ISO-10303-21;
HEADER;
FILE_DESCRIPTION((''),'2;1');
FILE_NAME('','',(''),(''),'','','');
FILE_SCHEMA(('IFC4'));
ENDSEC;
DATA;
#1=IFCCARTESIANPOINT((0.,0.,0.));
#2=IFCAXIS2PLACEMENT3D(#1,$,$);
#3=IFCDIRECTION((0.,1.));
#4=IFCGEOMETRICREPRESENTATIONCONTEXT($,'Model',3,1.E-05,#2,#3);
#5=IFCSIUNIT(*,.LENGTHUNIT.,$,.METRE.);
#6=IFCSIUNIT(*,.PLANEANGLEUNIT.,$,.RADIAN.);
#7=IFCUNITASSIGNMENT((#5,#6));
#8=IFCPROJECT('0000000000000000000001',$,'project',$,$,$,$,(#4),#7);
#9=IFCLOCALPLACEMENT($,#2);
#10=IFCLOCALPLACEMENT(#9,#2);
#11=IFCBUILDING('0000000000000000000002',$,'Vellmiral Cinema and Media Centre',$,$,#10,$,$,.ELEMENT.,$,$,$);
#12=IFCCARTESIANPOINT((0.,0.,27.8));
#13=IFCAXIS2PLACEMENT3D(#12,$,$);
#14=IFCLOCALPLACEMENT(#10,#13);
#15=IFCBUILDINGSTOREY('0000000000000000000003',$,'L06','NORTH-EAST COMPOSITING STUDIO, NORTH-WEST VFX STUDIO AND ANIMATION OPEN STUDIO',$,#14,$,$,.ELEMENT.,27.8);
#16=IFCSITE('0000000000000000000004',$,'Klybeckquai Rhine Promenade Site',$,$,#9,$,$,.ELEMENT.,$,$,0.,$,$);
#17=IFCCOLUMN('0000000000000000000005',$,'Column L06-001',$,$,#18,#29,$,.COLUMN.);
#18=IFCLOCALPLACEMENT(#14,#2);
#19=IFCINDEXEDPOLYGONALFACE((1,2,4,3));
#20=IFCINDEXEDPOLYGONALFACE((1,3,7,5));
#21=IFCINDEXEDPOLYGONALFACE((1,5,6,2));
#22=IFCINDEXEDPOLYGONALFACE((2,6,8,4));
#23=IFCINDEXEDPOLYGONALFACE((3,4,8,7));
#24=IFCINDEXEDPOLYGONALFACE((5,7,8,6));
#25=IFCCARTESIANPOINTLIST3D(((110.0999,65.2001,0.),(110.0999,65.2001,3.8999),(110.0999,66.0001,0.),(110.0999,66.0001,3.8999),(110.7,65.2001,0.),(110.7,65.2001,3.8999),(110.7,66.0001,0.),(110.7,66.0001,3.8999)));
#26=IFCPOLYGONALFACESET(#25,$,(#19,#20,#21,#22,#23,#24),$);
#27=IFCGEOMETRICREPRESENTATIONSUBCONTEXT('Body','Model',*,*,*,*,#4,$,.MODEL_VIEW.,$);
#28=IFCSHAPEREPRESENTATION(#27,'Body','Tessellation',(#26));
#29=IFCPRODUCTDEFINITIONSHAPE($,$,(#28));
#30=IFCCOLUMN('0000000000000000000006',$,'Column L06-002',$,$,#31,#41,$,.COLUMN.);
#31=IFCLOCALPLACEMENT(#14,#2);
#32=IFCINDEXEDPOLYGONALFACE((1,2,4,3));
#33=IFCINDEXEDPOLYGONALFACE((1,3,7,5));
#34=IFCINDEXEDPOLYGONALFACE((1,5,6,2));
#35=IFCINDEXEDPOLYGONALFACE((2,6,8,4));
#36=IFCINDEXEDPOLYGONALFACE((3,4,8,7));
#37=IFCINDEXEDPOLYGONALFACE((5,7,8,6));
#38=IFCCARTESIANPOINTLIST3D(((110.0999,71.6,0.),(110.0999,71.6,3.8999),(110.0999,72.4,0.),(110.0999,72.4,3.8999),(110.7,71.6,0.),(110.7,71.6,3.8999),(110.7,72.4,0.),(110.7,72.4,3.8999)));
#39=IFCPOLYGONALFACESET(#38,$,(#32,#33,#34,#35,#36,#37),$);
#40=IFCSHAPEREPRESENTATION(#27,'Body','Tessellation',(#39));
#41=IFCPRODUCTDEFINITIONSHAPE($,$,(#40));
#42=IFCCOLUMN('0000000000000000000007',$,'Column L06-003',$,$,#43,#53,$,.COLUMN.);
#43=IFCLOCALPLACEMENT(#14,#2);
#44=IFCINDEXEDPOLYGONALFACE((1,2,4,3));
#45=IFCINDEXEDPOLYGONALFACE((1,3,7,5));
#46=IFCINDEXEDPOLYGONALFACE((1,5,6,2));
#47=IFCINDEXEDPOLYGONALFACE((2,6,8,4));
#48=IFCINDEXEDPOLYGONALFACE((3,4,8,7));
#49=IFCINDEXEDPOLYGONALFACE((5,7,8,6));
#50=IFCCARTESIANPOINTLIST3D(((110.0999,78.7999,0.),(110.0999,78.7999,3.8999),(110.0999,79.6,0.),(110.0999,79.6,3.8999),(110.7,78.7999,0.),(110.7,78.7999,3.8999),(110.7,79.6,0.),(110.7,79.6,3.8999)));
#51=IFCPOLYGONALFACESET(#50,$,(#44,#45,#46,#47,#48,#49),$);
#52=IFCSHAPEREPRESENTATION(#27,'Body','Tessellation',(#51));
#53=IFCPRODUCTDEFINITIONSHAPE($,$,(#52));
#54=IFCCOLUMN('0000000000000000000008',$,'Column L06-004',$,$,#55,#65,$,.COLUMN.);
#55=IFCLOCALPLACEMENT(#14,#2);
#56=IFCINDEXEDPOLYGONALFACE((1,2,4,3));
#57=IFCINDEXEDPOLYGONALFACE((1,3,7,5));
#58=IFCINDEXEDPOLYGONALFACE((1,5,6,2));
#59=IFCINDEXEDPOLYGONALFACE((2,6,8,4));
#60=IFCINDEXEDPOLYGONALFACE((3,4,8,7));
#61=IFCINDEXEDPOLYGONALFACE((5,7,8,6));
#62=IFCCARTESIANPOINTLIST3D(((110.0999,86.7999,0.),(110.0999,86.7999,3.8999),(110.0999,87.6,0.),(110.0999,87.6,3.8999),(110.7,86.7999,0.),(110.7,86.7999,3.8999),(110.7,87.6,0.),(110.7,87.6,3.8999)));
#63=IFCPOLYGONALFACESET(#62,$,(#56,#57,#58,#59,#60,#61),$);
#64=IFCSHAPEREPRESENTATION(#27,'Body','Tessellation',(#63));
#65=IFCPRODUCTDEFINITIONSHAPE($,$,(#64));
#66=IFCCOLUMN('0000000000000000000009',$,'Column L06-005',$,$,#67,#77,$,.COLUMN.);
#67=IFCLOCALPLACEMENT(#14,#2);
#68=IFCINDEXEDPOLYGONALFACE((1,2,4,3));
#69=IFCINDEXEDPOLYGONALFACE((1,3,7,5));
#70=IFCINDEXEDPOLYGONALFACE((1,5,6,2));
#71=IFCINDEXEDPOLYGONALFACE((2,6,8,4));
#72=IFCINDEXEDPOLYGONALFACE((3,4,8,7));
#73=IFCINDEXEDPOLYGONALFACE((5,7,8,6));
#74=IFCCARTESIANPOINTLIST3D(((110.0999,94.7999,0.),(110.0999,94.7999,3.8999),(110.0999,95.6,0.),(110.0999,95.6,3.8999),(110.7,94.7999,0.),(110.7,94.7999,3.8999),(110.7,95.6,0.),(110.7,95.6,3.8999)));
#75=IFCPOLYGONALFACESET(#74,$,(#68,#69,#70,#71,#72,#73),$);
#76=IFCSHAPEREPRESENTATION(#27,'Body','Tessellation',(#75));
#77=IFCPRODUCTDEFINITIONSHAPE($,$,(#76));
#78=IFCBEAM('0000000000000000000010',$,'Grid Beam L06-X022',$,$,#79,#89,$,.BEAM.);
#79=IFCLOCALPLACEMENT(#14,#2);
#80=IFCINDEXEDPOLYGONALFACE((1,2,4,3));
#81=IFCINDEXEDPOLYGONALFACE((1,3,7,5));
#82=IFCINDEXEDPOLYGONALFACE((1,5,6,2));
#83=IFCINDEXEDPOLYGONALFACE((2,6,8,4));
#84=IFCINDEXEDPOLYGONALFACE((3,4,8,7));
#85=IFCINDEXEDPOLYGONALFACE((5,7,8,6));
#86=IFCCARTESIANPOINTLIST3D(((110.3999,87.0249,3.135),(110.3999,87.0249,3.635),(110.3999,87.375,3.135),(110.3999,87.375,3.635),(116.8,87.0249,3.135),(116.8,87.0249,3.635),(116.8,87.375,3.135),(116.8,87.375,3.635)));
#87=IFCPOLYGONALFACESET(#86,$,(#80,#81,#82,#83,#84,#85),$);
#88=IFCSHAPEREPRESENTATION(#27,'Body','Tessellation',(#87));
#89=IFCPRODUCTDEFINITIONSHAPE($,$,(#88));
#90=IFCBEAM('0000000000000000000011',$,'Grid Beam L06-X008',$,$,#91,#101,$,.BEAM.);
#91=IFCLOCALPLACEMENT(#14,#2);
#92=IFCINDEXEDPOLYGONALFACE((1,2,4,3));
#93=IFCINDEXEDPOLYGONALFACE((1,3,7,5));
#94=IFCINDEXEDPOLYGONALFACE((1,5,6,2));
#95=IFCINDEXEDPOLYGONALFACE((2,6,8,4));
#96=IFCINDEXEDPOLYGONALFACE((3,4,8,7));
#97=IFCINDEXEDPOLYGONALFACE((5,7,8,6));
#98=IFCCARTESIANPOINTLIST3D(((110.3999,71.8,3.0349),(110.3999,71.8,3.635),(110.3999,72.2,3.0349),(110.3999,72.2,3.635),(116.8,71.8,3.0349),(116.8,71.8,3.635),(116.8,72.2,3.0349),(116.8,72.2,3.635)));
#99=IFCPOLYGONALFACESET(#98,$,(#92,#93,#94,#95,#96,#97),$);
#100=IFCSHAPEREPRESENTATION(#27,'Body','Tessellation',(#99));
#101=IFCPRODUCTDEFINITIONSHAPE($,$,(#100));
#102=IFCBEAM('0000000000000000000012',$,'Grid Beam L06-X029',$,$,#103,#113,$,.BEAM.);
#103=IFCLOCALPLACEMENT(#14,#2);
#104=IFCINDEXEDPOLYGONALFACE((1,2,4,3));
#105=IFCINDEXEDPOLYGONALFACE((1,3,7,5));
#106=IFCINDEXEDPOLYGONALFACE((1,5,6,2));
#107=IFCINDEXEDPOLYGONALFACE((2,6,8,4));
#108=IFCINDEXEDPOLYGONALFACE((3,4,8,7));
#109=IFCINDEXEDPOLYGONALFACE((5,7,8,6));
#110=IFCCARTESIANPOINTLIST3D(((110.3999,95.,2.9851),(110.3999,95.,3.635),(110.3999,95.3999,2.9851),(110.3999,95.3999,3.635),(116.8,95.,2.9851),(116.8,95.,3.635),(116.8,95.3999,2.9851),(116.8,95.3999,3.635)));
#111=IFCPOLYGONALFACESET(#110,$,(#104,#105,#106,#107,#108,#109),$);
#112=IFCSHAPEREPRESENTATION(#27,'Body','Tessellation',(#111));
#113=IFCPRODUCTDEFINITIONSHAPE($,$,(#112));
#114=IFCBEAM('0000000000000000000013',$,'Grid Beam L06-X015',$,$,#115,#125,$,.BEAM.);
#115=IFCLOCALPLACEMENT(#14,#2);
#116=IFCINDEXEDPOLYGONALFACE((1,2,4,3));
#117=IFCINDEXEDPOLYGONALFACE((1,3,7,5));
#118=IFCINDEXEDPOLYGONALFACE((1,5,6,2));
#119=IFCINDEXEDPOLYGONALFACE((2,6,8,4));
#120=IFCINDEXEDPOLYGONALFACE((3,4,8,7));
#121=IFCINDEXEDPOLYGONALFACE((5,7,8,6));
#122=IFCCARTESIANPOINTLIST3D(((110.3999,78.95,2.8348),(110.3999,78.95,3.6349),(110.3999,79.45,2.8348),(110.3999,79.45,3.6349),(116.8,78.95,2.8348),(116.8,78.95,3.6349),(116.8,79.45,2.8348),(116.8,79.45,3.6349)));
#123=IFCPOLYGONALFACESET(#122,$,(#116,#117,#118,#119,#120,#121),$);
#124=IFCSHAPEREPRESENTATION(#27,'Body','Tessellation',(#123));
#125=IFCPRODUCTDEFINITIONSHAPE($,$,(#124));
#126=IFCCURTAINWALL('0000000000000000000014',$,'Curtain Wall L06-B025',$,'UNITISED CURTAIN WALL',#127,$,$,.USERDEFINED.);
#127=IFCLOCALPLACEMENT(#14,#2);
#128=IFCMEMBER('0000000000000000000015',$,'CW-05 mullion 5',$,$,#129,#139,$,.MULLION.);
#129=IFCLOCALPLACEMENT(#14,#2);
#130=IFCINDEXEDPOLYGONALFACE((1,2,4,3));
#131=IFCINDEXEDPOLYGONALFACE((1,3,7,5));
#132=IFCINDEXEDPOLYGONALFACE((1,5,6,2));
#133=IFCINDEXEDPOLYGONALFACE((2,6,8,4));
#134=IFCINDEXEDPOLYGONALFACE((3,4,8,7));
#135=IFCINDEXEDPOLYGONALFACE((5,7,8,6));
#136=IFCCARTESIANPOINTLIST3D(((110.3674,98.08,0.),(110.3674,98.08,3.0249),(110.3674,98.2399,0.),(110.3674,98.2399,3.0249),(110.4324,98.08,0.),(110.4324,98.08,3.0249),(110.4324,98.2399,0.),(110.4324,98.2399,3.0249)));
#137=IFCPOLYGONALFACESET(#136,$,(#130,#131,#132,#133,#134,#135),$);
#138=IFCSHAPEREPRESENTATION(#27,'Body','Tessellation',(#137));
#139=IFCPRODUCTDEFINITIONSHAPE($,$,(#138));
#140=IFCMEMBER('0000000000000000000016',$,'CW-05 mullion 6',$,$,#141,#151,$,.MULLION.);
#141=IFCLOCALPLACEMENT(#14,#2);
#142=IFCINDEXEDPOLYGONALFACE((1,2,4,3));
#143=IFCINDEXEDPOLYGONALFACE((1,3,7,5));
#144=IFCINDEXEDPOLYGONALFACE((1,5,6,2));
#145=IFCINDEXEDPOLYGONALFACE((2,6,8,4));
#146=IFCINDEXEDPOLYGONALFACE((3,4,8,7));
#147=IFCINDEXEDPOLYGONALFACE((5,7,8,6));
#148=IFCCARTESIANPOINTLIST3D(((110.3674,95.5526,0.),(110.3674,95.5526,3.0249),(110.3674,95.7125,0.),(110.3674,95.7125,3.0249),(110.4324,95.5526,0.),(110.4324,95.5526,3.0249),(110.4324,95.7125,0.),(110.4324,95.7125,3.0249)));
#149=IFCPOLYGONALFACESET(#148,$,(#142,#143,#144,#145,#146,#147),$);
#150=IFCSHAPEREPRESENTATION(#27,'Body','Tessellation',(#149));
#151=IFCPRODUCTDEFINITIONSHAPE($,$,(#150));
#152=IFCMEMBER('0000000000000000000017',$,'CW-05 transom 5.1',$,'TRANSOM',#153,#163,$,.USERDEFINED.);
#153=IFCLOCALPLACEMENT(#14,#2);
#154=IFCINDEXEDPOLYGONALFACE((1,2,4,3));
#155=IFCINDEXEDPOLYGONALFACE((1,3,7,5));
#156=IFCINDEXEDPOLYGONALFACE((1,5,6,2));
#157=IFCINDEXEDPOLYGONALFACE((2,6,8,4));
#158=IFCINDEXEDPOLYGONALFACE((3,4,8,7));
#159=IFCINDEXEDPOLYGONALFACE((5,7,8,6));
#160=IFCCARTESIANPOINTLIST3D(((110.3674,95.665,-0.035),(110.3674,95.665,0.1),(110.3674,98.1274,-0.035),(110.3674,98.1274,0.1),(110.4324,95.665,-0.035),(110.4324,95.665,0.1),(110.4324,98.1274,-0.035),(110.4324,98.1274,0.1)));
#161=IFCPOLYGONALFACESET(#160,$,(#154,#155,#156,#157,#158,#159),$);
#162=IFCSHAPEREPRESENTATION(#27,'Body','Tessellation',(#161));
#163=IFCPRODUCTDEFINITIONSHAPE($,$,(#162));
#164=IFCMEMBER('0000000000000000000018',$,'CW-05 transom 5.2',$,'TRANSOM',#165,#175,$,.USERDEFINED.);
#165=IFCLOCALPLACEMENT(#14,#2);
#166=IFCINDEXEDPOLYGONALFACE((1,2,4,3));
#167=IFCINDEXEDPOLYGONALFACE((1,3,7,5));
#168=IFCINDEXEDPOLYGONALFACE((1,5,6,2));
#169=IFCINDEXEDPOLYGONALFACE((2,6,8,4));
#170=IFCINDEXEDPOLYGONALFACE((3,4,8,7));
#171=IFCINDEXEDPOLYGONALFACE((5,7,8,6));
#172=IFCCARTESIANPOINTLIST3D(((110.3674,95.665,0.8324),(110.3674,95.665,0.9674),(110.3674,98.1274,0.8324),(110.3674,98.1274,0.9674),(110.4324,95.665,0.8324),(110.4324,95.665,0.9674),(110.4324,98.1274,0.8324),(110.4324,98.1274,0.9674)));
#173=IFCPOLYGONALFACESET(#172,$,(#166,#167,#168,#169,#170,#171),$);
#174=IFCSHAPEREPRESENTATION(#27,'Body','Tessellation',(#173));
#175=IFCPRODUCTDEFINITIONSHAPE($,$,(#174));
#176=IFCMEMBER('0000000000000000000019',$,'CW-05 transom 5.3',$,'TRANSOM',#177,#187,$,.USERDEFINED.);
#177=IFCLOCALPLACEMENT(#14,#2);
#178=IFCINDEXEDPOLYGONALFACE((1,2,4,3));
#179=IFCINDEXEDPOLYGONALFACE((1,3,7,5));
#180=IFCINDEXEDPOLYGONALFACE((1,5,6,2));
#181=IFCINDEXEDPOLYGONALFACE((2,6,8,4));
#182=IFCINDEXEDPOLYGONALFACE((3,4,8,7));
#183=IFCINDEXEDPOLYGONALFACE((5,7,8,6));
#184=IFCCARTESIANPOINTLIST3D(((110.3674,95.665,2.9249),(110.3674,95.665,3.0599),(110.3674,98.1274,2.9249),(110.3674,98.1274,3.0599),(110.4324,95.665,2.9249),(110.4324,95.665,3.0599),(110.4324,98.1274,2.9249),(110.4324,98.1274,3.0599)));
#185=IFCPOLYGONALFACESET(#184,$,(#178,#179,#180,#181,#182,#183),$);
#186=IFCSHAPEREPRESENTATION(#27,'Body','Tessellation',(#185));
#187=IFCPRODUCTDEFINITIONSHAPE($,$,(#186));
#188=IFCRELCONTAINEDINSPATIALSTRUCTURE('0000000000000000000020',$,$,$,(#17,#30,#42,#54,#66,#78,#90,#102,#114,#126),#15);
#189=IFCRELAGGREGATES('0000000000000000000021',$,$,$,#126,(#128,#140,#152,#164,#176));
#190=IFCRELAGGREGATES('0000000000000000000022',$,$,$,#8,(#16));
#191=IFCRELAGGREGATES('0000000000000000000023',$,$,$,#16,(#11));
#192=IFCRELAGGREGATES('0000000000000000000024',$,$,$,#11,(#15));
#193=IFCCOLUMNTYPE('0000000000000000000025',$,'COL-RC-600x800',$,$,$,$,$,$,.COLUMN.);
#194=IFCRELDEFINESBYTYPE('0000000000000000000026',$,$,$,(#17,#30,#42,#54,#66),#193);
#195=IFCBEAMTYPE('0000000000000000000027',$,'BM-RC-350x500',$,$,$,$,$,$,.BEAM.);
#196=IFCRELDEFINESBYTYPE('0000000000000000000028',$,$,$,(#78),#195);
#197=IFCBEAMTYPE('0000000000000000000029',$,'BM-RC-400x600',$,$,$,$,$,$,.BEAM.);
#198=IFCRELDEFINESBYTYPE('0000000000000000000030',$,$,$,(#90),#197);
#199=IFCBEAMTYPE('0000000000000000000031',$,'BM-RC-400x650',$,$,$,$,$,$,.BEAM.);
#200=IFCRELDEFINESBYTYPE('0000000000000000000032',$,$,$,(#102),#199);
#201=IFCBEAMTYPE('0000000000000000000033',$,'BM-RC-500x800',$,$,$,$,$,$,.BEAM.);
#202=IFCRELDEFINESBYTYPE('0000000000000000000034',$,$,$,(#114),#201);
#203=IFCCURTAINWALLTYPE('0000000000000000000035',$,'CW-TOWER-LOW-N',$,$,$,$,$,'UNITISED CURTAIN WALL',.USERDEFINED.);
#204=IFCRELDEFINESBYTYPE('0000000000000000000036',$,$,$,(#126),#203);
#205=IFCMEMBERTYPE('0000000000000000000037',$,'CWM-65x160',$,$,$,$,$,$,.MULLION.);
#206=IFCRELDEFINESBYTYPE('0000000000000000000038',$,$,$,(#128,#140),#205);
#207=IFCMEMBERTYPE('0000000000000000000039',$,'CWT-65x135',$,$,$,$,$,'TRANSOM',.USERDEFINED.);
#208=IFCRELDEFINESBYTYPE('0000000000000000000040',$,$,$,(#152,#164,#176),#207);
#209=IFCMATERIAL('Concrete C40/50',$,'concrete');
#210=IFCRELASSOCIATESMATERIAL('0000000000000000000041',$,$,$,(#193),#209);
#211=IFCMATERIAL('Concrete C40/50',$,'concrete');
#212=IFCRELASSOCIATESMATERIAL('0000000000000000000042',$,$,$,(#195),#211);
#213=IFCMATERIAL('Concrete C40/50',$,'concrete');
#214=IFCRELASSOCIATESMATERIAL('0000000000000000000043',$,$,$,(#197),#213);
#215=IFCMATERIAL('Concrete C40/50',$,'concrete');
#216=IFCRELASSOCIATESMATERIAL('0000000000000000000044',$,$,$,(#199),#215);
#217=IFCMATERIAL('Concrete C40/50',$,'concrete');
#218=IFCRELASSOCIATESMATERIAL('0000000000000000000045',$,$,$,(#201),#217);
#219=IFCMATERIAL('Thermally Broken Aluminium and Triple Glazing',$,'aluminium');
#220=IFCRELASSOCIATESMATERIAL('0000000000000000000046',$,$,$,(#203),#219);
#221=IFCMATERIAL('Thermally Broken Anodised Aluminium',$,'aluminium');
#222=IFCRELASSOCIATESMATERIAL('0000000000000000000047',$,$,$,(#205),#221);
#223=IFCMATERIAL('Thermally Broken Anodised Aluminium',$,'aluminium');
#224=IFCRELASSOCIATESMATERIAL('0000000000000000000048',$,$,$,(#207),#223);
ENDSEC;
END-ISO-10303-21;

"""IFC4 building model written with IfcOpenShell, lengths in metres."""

from ifc_helpers import new_model, si_unit, direction, frame, origin, origin_2d, place, context, subcontext, project, spatial, rectangle, extrude, material, material_profile, profile_set, type_object, element, aggregate, save


model = new_model("IFC4")

# Units and contexts
model_context = context("Model", 3, precision=1e-05, world=origin(), true_north=direction((0.0, 1.0)))
body_context = subcontext(model_context, "Body", "Model", "MODEL_VIEW")
ifc_project = project(units=[si_unit("LENGTHUNIT", "METRE"), si_unit("PLANEANGLEUNIT", "RADIAN")], contexts=[model_context])

# Site, building, storey
site_placement = place(None, origin())
site = spatial("IfcSite", under=ifc_project, at=site_placement, Name="Klybeckquai Rhine Promenade Site", CompositionType="ELEMENT", RefElevation=0.0)
building_placement = place(site_placement, origin())
building = spatial("IfcBuilding", under=site, at=building_placement, Name="Vellmiral Cinema and Media Centre", CompositionType="ELEMENT")
storey_placement = place(building_placement, frame((0.0, 0.0, 27.8)))
storey = spatial("IfcBuildingStorey", under=building, at=storey_placement, Name="L06", Description="NORTH-EAST COMPOSITING STUDIO, NORTH-WEST VFX STUDIO AND ANIMATION OPEN STUDIO", CompositionType="ELEMENT", Elevation=27.8)

# Columns
ifc_material_1 = material(Name="Concrete C40/50", Category="concrete")
ifc_material_profile_1 = material_profile(ifc_material_1, rectangle(XDim=0.6001, YDim=0.8, at=origin_2d()), Name="RC 600x800")
ifc_profile_set_1 = profile_set([ifc_material_profile_1], Name="Concrete C40/50")
column_type = type_object("IfcColumnType", Name="COL-RC-600x800", PredefinedType="COLUMN", material=ifc_profile_set_1)
for number, where, z_axis, x_axis, name in (
    (1, (110.3999, 65.6001, 0.0), (0.0, 0.0, 1.0), (1.0, 0.0, 0.0), "Column L06-001"),
    (2, (110.3999, 72.0, 0.0), (0.0, 0.0, 1.0), (1.0, 0.0, 0.0), "Column L06-002"),
    (3, (110.3999, 79.2, 0.0), (0.0, 0.0, 1.0), (1.0, 0.0, 0.0), "Column L06-003"),
    (4, (110.3999, 87.2, 0.0), (0.0, 0.0, 1.0), (1.0, 0.0, 0.0), "Column L06-004"),
    (5, (110.3999, 95.2, 0.0), (0.0, 0.0, 1.0), (1.0, 0.0, 0.0), "Column L06-005"),
):
    element("IfcColumn", number, at=place(storey_placement, frame(where, z_axis=z_axis, x_axis=x_axis)), inside=storey, type_object=column_type, Name=name, PredefinedType="COLUMN", context=body_context, shape_type="SweptSolid", body=[
        extrude(rectangle(XDim=0.6001, YDim=0.8, at=origin_2d()), origin(), (0.0, 0.0, 1.0), 3.8999),
    ])

# Beams
ifc_material_2 = material(Name="Concrete C40/50", Category="concrete")
ifc_material_profile_2 = material_profile(ifc_material_2, rectangle(XDim=0.3501, YDim=0.5, at=origin_2d()), Name="RC 350x500")
ifc_profile_set_2 = profile_set([ifc_material_profile_2], Name="Concrete C40/50")
beam_type_1 = type_object("IfcBeamType", Name="BM-RC-350x500", PredefinedType="BEAM", material=ifc_profile_set_2)
beam_1_placement = place(storey_placement, frame((110.3999, 87.2, 3.385), z_axis=(1.0, 0.0, 0.0), x_axis=(0.0, 1.0, 0.0)))
element("IfcBeam", 6, at=beam_1_placement, inside=storey, type_object=beam_type_1, Name="Grid Beam L06-X022", PredefinedType="BEAM", context=body_context, shape_type="SweptSolid", body=[
    extrude(rectangle(XDim=0.3501, YDim=0.5, at=origin_2d()), origin(), (0.0, 0.0, 1.0), 6.4001),
])
ifc_material_3 = material(Name="Concrete C40/50", Category="concrete")
ifc_material_profile_3 = material_profile(ifc_material_3, rectangle(XDim=0.3999, YDim=0.6001, at=origin_2d()), Name="RC 400x600")
ifc_profile_set_3 = profile_set([ifc_material_profile_3], Name="Concrete C40/50")
beam_type_2 = type_object("IfcBeamType", Name="BM-RC-400x600", PredefinedType="BEAM", material=ifc_profile_set_3)
beam_2_placement = place(storey_placement, frame((110.3999, 72.0, 3.335), z_axis=(1.0, 0.0, 0.0), x_axis=(0.0, 1.0, 0.0)))
element("IfcBeam", 7, at=beam_2_placement, inside=storey, type_object=beam_type_2, Name="Grid Beam L06-X008", PredefinedType="BEAM", context=body_context, shape_type="SweptSolid", body=[
    extrude(rectangle(XDim=0.3999, YDim=0.6001, at=origin_2d()), origin(), (0.0, 0.0, 1.0), 6.4001),
])
ifc_material_4 = material(Name="Concrete C40/50", Category="concrete")
ifc_material_profile_4 = material_profile(ifc_material_4, rectangle(XDim=0.3999, YDim=0.6499, at=origin_2d()), Name="RC 400x650")
ifc_profile_set_4 = profile_set([ifc_material_profile_4], Name="Concrete C40/50")
beam_type_3 = type_object("IfcBeamType", Name="BM-RC-400x650", PredefinedType="BEAM", material=ifc_profile_set_4)
beam_3_placement = place(storey_placement, frame((110.3999, 95.2, 3.3101), z_axis=(1.0, 0.0, 0.0), x_axis=(0.0, 1.0, 0.0)))
element("IfcBeam", 8, at=beam_3_placement, inside=storey, type_object=beam_type_3, Name="Grid Beam L06-X029", PredefinedType="BEAM", context=body_context, shape_type="SweptSolid", body=[
    extrude(rectangle(XDim=0.3999, YDim=0.6499, at=origin_2d()), origin(), (0.0, 0.0, 1.0), 6.4001),
])
ifc_material_5 = material(Name="Concrete C40/50", Category="concrete")
ifc_material_profile_5 = material_profile(ifc_material_5, rectangle(XDim=0.5, YDim=0.8, at=origin_2d()), Name="RC 500x800")
ifc_profile_set_5 = profile_set([ifc_material_profile_5], Name="Concrete C40/50")
beam_type_4 = type_object("IfcBeamType", Name="BM-RC-500x800", PredefinedType="BEAM", material=ifc_profile_set_5)
beam_4_placement = place(storey_placement, frame((110.3999, 79.2, 3.2349), z_axis=(1.0, 0.0, 0.0), x_axis=(0.0, 1.0, 0.0)))
element("IfcBeam", 9, at=beam_4_placement, inside=storey, type_object=beam_type_4, Name="Grid Beam L06-X015", PredefinedType="BEAM", context=body_context, shape_type="SweptSolid", body=[
    extrude(rectangle(XDim=0.5, YDim=0.8, at=origin_2d()), origin(), (0.0, 0.0, 1.0), 6.4001),
])

# Curtain wall, members
ifc_material_6 = material(Name="Thermally Broken Aluminium and Triple Glazing", Category="aluminium")
curtain_wall_type = type_object("IfcCurtainWallType", Name="CW-TOWER-LOW-N", ElementType="UNITISED CURTAIN WALL", PredefinedType="USERDEFINED", material=ifc_material_6)
curtain_wall_placement = place(storey_placement, origin())
curtain_wall = element("IfcCurtainWall", 10, at=curtain_wall_placement, inside=storey, type_object=curtain_wall_type, Name="Curtain Wall L06-B025", ObjectType="UNITISED CURTAIN WALL", PredefinedType="USERDEFINED")
ifc_material_7 = material(Name="Thermally Broken Anodised Aluminium", Category="aluminium")
ifc_material_profile_6 = material_profile(ifc_material_7, rectangle(XDim=0.0649, YDim=0.1599, at=origin_2d()), Name="MULL 65x160")
ifc_profile_set_6 = profile_set([ifc_material_profile_6], Name="Thermally Broken Anodised Aluminium")
member_type_1 = type_object("IfcMemberType", Name="CWM-65x160", PredefinedType="MULLION", material=ifc_profile_set_6)
member_1_placement = place(storey_placement, frame((110.3999, 98.1599, 0.0), z_axis=(0.0, 0.0, 1.0), x_axis=(1.0, 0.0, 0.0)))
member_1 = element("IfcMember", 11, at=member_1_placement, type_object=member_type_1, Name="CW-05 mullion 5", PredefinedType="MULLION", context=body_context, shape_type="SweptSolid", body=[
    extrude(rectangle(XDim=0.0649, YDim=0.1599, at=origin_2d()), origin(), (0.0, 0.0, 1.0), 3.0249),
])
member_2_placement = place(storey_placement, frame((110.3999, 95.6326, 0.0), z_axis=(0.0, 0.0, 1.0), x_axis=(1.0, 0.0, 0.0)))
member_2 = element("IfcMember", 12, at=member_2_placement, type_object=member_type_1, Name="CW-05 mullion 6", PredefinedType="MULLION", context=body_context, shape_type="SweptSolid", body=[
    extrude(rectangle(XDim=0.0649, YDim=0.1599, at=origin_2d()), origin(), (0.0, 0.0, 1.0), 3.0249),
])
ifc_material_8 = material(Name="Thermally Broken Anodised Aluminium", Category="aluminium")
ifc_material_profile_7 = material_profile(ifc_material_8, rectangle(XDim=0.0649, YDim=0.135, at=origin_2d()), Name="MULL 65x135")
ifc_profile_set_7 = profile_set([ifc_material_profile_7], Name="Thermally Broken Anodised Aluminium")
member_type_2 = type_object("IfcMemberType", Name="CWT-65x135", ElementType="TRANSOM", PredefinedType="USERDEFINED", material=ifc_profile_set_7)
member_3_placement = place(storey_placement, frame((110.3999, 98.1274, 0.0325), z_axis=(0.0, -1.0, 0.0), x_axis=(1.0, 0.0, 0.0)))
member_3 = element("IfcMember", 13, at=member_3_placement, type_object=member_type_2, Name="CW-05 transom 5.1", ObjectType="TRANSOM", PredefinedType="USERDEFINED", context=body_context, shape_type="SweptSolid", body=[
    extrude(rectangle(XDim=0.0649, YDim=0.135, at=origin_2d()), origin(), (0.0, 0.0, 1.0), 2.4624),
])
member_4_placement = place(storey_placement, frame((110.3999, 98.1274, 0.8999), z_axis=(0.0, -1.0, 0.0), x_axis=(1.0, 0.0, 0.0)))
member_4 = element("IfcMember", 14, at=member_4_placement, type_object=member_type_2, Name="CW-05 transom 5.2", ObjectType="TRANSOM", PredefinedType="USERDEFINED", context=body_context, shape_type="SweptSolid", body=[
    extrude(rectangle(XDim=0.0649, YDim=0.135, at=origin_2d()), origin(), (0.0, 0.0, 1.0), 2.4624),
])
member_5_placement = place(storey_placement, frame((110.3999, 98.1274, 2.9924), z_axis=(0.0, -1.0, 0.0), x_axis=(1.0, 0.0, 0.0)))
member_5 = element("IfcMember", 15, at=member_5_placement, type_object=member_type_2, Name="CW-05 transom 5.3", ObjectType="TRANSOM", PredefinedType="USERDEFINED", context=body_context, shape_type="SweptSolid", body=[
    extrude(rectangle(XDim=0.0649, YDim=0.135, at=origin_2d()), origin(), (0.0, 0.0, 1.0), 2.4624),
])

aggregate(curtain_wall, [member_1, member_2, member_3, member_4, member_5])

save(model, "model.ifc")
